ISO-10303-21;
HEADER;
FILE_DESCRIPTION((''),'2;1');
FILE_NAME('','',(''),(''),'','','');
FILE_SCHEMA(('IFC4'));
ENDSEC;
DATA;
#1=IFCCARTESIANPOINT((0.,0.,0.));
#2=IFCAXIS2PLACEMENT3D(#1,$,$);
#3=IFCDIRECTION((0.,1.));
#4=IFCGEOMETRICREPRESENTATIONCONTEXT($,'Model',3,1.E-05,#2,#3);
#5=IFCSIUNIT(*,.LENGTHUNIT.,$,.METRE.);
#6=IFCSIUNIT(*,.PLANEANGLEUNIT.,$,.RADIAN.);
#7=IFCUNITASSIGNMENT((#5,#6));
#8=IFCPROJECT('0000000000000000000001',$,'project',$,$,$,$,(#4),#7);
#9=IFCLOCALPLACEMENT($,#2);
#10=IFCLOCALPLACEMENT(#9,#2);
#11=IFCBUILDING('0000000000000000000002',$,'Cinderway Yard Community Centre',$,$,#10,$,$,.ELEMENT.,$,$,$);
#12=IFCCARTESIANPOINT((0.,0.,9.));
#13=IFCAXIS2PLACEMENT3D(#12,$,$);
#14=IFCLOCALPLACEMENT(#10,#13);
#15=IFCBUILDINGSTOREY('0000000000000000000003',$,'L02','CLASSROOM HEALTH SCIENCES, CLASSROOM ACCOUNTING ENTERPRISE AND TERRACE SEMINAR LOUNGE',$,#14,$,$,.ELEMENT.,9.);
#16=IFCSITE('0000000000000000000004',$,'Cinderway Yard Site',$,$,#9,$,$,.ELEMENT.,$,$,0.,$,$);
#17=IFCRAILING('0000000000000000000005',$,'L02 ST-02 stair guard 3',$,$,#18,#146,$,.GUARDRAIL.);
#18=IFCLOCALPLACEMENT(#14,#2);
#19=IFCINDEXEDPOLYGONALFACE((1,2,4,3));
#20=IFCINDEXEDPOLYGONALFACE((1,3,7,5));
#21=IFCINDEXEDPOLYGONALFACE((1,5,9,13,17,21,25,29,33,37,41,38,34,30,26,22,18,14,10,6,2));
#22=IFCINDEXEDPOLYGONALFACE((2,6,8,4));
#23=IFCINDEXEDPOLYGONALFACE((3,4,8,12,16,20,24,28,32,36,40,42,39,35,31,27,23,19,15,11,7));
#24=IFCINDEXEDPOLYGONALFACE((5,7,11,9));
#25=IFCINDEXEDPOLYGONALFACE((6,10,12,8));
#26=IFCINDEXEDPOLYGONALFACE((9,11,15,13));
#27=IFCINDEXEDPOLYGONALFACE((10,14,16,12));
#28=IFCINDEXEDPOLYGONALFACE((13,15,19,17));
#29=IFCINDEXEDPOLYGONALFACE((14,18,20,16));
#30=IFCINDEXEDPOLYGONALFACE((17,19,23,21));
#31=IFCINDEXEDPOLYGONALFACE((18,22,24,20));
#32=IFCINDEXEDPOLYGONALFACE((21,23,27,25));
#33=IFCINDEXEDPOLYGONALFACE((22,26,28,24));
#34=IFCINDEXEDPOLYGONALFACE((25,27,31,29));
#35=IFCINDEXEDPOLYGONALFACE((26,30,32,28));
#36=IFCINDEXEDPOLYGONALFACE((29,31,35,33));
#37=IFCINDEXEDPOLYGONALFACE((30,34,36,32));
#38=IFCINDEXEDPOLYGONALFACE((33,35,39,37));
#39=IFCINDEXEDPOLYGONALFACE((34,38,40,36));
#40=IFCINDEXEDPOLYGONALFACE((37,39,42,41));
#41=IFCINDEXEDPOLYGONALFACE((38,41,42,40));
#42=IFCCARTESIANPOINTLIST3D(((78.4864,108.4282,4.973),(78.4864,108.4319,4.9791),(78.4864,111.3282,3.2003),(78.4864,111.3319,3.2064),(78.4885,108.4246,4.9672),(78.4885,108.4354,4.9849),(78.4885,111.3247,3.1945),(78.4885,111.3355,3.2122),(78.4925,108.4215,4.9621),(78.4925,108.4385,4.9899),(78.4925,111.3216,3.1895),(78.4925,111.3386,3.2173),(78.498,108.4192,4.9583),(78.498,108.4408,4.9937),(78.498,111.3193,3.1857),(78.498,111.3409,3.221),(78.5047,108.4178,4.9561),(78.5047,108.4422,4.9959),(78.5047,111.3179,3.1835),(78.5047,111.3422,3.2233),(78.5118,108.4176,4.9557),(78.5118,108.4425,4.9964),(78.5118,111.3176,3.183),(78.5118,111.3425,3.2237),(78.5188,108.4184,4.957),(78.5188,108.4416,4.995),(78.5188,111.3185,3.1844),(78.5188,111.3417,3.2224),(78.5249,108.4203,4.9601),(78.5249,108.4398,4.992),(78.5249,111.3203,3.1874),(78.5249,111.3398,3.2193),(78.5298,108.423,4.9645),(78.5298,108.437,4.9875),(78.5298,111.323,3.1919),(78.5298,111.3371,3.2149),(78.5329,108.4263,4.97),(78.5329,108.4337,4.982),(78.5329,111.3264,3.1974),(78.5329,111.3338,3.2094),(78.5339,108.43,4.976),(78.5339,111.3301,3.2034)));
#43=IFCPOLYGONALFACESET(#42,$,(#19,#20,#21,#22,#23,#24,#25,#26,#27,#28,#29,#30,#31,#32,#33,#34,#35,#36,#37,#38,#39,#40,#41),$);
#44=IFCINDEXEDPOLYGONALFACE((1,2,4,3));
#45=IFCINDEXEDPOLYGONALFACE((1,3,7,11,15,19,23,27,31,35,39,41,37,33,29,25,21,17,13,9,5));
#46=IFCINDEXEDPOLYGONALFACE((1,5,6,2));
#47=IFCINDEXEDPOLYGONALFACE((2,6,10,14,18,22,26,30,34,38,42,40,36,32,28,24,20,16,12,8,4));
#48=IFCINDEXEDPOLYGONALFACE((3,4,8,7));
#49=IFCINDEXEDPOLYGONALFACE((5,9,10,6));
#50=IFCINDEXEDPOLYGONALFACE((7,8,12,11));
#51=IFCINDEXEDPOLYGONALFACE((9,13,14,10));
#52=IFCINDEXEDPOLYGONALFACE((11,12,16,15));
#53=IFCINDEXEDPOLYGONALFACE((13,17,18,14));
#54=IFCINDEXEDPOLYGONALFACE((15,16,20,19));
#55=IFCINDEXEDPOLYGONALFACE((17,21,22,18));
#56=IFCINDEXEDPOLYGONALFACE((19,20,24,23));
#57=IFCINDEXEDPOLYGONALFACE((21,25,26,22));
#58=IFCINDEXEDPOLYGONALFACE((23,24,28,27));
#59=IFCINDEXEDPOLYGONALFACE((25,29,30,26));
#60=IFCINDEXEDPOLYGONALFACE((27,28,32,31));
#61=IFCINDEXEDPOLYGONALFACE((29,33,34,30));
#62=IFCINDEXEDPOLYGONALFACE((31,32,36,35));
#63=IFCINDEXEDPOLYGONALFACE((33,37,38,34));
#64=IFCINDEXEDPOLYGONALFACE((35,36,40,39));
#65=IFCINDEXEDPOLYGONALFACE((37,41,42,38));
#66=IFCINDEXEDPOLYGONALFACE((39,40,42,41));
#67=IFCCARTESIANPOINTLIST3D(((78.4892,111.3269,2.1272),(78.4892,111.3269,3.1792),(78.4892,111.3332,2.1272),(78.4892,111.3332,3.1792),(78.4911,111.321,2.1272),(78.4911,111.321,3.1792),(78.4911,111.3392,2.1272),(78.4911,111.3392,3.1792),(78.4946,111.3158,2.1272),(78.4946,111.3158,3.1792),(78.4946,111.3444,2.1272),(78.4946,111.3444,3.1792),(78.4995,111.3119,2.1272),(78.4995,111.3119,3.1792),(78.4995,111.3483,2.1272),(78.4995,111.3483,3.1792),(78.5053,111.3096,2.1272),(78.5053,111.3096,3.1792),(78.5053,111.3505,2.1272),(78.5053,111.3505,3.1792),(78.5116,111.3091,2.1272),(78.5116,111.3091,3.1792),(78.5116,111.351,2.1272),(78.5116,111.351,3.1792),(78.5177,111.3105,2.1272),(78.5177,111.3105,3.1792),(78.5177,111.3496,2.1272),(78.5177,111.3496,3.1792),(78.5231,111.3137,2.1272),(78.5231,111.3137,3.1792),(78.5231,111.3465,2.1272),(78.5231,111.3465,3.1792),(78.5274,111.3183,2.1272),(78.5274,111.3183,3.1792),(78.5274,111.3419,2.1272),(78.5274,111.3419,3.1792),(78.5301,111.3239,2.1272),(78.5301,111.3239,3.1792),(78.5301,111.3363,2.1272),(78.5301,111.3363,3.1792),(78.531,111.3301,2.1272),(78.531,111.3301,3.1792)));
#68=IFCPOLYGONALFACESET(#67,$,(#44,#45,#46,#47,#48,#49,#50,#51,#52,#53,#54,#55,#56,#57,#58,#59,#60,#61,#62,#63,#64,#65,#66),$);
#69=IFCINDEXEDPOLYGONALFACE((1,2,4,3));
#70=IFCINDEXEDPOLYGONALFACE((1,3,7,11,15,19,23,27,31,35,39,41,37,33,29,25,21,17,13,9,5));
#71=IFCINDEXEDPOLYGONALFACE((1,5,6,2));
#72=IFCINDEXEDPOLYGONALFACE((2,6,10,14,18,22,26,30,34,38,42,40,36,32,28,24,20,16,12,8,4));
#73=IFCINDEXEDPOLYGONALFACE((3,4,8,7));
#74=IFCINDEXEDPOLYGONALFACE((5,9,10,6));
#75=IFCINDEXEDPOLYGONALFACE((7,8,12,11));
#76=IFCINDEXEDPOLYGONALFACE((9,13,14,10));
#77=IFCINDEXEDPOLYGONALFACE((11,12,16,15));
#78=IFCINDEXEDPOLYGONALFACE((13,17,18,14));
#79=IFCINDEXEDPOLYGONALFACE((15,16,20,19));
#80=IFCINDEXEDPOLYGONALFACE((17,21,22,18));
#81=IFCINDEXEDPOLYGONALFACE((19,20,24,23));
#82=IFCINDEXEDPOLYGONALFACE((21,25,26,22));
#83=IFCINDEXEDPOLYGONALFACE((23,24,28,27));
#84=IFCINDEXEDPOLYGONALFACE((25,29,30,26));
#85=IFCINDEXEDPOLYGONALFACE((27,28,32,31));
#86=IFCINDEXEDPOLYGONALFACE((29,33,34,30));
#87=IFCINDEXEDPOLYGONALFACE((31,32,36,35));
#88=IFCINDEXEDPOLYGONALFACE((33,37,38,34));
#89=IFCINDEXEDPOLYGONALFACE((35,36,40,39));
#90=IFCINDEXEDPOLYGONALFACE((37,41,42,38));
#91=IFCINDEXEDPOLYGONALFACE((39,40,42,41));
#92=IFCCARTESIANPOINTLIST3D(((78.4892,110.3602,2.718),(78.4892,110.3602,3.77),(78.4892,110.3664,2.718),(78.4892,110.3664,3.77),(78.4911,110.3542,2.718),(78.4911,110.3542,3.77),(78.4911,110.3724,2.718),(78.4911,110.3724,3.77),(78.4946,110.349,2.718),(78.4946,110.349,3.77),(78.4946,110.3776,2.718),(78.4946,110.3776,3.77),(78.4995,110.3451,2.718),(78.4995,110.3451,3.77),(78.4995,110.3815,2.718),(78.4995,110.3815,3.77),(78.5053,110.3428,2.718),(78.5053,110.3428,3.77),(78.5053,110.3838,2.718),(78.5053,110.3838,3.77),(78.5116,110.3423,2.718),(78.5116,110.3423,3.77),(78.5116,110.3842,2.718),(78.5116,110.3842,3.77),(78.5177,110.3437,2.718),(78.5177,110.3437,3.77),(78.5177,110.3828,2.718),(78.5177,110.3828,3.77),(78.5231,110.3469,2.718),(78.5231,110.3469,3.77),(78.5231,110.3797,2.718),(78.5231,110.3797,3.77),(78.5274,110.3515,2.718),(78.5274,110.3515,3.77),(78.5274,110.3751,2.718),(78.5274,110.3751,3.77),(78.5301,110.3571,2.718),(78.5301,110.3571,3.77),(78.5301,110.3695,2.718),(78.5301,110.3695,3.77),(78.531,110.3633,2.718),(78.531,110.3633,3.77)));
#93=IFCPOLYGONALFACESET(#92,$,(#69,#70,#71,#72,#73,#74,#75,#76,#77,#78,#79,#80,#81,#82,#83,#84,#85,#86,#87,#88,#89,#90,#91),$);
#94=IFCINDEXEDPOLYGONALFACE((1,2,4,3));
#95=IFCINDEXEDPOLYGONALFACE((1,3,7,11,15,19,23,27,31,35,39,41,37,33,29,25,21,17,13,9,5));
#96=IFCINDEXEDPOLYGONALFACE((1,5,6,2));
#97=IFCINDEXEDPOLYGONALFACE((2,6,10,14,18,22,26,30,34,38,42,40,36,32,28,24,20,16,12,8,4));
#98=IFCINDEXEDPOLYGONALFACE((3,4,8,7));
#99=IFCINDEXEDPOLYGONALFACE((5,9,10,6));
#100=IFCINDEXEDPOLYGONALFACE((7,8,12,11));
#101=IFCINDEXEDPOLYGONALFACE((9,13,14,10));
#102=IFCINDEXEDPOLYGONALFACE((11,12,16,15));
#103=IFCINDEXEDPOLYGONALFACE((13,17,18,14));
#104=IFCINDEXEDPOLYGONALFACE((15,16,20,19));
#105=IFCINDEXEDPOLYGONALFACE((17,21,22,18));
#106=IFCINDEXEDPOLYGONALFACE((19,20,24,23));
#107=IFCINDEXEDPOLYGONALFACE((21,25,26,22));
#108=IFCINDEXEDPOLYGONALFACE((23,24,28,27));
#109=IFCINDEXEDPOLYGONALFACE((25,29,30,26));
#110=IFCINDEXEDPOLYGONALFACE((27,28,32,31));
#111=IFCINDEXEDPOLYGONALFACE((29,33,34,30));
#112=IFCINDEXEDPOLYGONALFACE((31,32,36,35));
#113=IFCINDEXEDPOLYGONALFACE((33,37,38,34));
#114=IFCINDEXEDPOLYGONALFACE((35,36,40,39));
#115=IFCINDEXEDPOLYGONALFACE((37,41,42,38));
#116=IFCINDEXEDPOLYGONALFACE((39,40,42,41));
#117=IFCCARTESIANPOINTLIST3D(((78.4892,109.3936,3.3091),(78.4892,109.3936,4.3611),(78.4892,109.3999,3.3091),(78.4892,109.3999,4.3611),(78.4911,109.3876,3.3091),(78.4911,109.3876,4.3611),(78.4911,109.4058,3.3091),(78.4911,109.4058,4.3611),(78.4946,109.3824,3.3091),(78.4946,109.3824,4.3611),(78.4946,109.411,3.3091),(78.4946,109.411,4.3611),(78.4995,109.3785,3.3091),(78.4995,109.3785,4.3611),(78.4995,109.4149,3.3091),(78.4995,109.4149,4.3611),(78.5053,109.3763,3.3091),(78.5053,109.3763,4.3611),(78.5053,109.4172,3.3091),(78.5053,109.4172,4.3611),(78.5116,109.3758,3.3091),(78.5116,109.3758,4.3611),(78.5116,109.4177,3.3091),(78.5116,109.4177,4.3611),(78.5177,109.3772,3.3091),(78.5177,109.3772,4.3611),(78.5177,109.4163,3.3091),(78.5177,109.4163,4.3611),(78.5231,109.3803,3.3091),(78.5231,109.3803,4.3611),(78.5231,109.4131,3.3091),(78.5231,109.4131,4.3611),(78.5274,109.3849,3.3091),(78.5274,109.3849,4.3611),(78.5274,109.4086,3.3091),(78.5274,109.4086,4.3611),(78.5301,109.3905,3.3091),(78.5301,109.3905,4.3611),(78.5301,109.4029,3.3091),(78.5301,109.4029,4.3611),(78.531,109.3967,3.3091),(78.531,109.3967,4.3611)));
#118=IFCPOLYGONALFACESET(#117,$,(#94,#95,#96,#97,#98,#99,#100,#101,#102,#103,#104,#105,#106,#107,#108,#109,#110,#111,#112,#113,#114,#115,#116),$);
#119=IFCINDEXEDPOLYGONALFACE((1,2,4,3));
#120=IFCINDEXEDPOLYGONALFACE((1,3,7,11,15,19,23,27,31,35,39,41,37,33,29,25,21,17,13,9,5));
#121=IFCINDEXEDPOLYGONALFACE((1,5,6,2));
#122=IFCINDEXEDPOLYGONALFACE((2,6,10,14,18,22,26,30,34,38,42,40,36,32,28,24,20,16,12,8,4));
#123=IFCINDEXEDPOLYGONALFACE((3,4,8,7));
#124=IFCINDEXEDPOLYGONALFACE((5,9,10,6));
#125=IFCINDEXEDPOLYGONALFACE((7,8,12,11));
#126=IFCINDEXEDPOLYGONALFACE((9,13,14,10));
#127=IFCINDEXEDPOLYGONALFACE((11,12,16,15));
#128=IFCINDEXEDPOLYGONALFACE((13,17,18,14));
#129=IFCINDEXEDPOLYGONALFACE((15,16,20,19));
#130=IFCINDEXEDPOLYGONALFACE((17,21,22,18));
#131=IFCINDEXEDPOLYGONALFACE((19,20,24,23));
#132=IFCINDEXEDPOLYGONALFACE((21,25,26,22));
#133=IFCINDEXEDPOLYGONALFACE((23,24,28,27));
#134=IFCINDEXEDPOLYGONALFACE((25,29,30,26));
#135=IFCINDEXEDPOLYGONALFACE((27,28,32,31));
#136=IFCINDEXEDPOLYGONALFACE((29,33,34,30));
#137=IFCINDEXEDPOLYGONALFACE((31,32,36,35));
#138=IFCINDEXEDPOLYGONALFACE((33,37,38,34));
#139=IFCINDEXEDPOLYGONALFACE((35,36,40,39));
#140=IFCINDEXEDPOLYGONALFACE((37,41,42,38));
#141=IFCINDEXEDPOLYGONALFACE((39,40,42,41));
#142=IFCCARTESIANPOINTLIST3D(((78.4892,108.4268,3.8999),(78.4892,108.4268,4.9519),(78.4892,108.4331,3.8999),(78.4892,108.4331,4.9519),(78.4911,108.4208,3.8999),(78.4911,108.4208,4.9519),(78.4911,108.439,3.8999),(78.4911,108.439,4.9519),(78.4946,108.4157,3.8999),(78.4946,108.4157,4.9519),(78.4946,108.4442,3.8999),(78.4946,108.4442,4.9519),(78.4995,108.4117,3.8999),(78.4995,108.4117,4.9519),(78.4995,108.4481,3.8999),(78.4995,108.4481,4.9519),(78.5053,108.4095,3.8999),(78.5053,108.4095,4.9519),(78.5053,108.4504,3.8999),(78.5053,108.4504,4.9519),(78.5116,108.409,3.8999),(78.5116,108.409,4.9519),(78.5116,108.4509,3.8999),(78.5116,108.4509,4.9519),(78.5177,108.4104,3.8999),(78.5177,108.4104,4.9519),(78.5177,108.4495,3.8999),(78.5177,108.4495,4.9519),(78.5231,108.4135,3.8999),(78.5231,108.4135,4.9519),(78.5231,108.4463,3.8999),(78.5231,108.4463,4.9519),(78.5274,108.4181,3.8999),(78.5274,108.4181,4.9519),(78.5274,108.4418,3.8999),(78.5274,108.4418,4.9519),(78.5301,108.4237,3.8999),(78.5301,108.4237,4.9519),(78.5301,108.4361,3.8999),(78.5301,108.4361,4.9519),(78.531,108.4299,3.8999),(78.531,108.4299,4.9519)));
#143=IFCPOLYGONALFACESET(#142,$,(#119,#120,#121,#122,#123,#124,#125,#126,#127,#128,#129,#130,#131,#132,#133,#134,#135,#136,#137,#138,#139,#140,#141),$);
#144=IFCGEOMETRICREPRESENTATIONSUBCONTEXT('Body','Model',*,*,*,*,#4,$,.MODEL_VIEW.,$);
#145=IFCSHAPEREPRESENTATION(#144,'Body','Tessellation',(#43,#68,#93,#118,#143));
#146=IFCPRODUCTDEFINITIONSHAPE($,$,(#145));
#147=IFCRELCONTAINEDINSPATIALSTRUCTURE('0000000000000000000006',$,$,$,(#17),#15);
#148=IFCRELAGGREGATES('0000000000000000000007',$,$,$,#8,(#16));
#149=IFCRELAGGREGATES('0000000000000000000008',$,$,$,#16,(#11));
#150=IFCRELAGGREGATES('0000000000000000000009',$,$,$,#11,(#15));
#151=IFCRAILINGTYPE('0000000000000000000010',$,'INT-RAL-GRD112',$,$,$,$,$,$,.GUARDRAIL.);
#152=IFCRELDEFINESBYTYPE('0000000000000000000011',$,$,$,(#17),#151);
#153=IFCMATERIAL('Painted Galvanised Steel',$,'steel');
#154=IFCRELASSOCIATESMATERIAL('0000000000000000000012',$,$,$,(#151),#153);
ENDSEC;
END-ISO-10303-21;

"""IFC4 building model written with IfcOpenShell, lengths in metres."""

from ifc_helpers import new_model, si_unit, direction, frame, origin, origin_2d, place, context, subcontext, project, spatial, circle, extrude, material, type_object, element, save


model = new_model("IFC4")

# Units and contexts
model_context = context("Model", 3, precision=1e-05, world=origin(), true_north=direction((0.0, 1.0)))
body_context = subcontext(model_context, "Body", "Model", "MODEL_VIEW")
ifc_project = project(units=[si_unit("LENGTHUNIT", "METRE"), si_unit("PLANEANGLEUNIT", "RADIAN")], contexts=[model_context])

# Site, building, storey
site_placement = place(None, origin())
site = spatial("IfcSite", under=ifc_project, at=site_placement, Name="Cinderway Yard Site", CompositionType="ELEMENT", RefElevation=0.0)
building_placement = place(site_placement, origin())
building = spatial("IfcBuilding", under=site, at=building_placement, Name="Cinderway Yard Community Centre", CompositionType="ELEMENT")
storey_placement = place(building_placement, frame((0.0, 0.0, 9.0)))
storey = spatial("IfcBuildingStorey", under=building, at=storey_placement, Name="L02", Description="CLASSROOM HEALTH SCIENCES, CLASSROOM ACCOUNTING ENTERPRISE AND TERRACE SEMINAR LOUNGE", CompositionType="ELEMENT", Elevation=9.0)

# Shared definitions
ifc_material_1 = material(Name="Painted Galvanised Steel", Category="steel")

# Railing
railing_type_1 = type_object("IfcRailingType", Name="INT-RAL-GRD112", PredefinedType="GUARDRAIL", material=ifc_material_1)
railing_1_placement = place(storey_placement, frame((78.51, 111.3301, 2.1272)))
element("IfcRailing", 1, at=railing_1_placement, inside=storey, type_object=railing_type_1, Name="L02 ST-02 stair guard 3", PredefinedType="GUARDRAIL", context=body_context, shape_type="SweptSolid", body=[
    extrude(circle(Radius=0.0239, at=origin_2d()), frame((0.0, 0.0, 1.0762), z_axis=(0.0, -0.85323, 0.521534), x_axis=(1.0, 0.0, 0.0)), (0.0, 0.0, 1.0), 3.3989),
    extrude(circle(Radius=0.021, at=origin_2d()), origin(), (0.0, 0.0, 1.0), 1.052),
    extrude(circle(Radius=0.021, at=origin_2d()), frame((0.0, -0.9668, 0.5908)), (0.0, 0.0, 1.0), 1.052),
    extrude(circle(Radius=0.021, at=origin_2d()), frame((0.0, -1.9333, 1.1819)), (0.0, 0.0, 1.0), 1.052),
    extrude(circle(Radius=0.021, at=origin_2d()), frame((0.0, -2.9001, 1.7727)), (0.0, 0.0, 1.0), 1.052),
])

save(model, "model.ifc")
